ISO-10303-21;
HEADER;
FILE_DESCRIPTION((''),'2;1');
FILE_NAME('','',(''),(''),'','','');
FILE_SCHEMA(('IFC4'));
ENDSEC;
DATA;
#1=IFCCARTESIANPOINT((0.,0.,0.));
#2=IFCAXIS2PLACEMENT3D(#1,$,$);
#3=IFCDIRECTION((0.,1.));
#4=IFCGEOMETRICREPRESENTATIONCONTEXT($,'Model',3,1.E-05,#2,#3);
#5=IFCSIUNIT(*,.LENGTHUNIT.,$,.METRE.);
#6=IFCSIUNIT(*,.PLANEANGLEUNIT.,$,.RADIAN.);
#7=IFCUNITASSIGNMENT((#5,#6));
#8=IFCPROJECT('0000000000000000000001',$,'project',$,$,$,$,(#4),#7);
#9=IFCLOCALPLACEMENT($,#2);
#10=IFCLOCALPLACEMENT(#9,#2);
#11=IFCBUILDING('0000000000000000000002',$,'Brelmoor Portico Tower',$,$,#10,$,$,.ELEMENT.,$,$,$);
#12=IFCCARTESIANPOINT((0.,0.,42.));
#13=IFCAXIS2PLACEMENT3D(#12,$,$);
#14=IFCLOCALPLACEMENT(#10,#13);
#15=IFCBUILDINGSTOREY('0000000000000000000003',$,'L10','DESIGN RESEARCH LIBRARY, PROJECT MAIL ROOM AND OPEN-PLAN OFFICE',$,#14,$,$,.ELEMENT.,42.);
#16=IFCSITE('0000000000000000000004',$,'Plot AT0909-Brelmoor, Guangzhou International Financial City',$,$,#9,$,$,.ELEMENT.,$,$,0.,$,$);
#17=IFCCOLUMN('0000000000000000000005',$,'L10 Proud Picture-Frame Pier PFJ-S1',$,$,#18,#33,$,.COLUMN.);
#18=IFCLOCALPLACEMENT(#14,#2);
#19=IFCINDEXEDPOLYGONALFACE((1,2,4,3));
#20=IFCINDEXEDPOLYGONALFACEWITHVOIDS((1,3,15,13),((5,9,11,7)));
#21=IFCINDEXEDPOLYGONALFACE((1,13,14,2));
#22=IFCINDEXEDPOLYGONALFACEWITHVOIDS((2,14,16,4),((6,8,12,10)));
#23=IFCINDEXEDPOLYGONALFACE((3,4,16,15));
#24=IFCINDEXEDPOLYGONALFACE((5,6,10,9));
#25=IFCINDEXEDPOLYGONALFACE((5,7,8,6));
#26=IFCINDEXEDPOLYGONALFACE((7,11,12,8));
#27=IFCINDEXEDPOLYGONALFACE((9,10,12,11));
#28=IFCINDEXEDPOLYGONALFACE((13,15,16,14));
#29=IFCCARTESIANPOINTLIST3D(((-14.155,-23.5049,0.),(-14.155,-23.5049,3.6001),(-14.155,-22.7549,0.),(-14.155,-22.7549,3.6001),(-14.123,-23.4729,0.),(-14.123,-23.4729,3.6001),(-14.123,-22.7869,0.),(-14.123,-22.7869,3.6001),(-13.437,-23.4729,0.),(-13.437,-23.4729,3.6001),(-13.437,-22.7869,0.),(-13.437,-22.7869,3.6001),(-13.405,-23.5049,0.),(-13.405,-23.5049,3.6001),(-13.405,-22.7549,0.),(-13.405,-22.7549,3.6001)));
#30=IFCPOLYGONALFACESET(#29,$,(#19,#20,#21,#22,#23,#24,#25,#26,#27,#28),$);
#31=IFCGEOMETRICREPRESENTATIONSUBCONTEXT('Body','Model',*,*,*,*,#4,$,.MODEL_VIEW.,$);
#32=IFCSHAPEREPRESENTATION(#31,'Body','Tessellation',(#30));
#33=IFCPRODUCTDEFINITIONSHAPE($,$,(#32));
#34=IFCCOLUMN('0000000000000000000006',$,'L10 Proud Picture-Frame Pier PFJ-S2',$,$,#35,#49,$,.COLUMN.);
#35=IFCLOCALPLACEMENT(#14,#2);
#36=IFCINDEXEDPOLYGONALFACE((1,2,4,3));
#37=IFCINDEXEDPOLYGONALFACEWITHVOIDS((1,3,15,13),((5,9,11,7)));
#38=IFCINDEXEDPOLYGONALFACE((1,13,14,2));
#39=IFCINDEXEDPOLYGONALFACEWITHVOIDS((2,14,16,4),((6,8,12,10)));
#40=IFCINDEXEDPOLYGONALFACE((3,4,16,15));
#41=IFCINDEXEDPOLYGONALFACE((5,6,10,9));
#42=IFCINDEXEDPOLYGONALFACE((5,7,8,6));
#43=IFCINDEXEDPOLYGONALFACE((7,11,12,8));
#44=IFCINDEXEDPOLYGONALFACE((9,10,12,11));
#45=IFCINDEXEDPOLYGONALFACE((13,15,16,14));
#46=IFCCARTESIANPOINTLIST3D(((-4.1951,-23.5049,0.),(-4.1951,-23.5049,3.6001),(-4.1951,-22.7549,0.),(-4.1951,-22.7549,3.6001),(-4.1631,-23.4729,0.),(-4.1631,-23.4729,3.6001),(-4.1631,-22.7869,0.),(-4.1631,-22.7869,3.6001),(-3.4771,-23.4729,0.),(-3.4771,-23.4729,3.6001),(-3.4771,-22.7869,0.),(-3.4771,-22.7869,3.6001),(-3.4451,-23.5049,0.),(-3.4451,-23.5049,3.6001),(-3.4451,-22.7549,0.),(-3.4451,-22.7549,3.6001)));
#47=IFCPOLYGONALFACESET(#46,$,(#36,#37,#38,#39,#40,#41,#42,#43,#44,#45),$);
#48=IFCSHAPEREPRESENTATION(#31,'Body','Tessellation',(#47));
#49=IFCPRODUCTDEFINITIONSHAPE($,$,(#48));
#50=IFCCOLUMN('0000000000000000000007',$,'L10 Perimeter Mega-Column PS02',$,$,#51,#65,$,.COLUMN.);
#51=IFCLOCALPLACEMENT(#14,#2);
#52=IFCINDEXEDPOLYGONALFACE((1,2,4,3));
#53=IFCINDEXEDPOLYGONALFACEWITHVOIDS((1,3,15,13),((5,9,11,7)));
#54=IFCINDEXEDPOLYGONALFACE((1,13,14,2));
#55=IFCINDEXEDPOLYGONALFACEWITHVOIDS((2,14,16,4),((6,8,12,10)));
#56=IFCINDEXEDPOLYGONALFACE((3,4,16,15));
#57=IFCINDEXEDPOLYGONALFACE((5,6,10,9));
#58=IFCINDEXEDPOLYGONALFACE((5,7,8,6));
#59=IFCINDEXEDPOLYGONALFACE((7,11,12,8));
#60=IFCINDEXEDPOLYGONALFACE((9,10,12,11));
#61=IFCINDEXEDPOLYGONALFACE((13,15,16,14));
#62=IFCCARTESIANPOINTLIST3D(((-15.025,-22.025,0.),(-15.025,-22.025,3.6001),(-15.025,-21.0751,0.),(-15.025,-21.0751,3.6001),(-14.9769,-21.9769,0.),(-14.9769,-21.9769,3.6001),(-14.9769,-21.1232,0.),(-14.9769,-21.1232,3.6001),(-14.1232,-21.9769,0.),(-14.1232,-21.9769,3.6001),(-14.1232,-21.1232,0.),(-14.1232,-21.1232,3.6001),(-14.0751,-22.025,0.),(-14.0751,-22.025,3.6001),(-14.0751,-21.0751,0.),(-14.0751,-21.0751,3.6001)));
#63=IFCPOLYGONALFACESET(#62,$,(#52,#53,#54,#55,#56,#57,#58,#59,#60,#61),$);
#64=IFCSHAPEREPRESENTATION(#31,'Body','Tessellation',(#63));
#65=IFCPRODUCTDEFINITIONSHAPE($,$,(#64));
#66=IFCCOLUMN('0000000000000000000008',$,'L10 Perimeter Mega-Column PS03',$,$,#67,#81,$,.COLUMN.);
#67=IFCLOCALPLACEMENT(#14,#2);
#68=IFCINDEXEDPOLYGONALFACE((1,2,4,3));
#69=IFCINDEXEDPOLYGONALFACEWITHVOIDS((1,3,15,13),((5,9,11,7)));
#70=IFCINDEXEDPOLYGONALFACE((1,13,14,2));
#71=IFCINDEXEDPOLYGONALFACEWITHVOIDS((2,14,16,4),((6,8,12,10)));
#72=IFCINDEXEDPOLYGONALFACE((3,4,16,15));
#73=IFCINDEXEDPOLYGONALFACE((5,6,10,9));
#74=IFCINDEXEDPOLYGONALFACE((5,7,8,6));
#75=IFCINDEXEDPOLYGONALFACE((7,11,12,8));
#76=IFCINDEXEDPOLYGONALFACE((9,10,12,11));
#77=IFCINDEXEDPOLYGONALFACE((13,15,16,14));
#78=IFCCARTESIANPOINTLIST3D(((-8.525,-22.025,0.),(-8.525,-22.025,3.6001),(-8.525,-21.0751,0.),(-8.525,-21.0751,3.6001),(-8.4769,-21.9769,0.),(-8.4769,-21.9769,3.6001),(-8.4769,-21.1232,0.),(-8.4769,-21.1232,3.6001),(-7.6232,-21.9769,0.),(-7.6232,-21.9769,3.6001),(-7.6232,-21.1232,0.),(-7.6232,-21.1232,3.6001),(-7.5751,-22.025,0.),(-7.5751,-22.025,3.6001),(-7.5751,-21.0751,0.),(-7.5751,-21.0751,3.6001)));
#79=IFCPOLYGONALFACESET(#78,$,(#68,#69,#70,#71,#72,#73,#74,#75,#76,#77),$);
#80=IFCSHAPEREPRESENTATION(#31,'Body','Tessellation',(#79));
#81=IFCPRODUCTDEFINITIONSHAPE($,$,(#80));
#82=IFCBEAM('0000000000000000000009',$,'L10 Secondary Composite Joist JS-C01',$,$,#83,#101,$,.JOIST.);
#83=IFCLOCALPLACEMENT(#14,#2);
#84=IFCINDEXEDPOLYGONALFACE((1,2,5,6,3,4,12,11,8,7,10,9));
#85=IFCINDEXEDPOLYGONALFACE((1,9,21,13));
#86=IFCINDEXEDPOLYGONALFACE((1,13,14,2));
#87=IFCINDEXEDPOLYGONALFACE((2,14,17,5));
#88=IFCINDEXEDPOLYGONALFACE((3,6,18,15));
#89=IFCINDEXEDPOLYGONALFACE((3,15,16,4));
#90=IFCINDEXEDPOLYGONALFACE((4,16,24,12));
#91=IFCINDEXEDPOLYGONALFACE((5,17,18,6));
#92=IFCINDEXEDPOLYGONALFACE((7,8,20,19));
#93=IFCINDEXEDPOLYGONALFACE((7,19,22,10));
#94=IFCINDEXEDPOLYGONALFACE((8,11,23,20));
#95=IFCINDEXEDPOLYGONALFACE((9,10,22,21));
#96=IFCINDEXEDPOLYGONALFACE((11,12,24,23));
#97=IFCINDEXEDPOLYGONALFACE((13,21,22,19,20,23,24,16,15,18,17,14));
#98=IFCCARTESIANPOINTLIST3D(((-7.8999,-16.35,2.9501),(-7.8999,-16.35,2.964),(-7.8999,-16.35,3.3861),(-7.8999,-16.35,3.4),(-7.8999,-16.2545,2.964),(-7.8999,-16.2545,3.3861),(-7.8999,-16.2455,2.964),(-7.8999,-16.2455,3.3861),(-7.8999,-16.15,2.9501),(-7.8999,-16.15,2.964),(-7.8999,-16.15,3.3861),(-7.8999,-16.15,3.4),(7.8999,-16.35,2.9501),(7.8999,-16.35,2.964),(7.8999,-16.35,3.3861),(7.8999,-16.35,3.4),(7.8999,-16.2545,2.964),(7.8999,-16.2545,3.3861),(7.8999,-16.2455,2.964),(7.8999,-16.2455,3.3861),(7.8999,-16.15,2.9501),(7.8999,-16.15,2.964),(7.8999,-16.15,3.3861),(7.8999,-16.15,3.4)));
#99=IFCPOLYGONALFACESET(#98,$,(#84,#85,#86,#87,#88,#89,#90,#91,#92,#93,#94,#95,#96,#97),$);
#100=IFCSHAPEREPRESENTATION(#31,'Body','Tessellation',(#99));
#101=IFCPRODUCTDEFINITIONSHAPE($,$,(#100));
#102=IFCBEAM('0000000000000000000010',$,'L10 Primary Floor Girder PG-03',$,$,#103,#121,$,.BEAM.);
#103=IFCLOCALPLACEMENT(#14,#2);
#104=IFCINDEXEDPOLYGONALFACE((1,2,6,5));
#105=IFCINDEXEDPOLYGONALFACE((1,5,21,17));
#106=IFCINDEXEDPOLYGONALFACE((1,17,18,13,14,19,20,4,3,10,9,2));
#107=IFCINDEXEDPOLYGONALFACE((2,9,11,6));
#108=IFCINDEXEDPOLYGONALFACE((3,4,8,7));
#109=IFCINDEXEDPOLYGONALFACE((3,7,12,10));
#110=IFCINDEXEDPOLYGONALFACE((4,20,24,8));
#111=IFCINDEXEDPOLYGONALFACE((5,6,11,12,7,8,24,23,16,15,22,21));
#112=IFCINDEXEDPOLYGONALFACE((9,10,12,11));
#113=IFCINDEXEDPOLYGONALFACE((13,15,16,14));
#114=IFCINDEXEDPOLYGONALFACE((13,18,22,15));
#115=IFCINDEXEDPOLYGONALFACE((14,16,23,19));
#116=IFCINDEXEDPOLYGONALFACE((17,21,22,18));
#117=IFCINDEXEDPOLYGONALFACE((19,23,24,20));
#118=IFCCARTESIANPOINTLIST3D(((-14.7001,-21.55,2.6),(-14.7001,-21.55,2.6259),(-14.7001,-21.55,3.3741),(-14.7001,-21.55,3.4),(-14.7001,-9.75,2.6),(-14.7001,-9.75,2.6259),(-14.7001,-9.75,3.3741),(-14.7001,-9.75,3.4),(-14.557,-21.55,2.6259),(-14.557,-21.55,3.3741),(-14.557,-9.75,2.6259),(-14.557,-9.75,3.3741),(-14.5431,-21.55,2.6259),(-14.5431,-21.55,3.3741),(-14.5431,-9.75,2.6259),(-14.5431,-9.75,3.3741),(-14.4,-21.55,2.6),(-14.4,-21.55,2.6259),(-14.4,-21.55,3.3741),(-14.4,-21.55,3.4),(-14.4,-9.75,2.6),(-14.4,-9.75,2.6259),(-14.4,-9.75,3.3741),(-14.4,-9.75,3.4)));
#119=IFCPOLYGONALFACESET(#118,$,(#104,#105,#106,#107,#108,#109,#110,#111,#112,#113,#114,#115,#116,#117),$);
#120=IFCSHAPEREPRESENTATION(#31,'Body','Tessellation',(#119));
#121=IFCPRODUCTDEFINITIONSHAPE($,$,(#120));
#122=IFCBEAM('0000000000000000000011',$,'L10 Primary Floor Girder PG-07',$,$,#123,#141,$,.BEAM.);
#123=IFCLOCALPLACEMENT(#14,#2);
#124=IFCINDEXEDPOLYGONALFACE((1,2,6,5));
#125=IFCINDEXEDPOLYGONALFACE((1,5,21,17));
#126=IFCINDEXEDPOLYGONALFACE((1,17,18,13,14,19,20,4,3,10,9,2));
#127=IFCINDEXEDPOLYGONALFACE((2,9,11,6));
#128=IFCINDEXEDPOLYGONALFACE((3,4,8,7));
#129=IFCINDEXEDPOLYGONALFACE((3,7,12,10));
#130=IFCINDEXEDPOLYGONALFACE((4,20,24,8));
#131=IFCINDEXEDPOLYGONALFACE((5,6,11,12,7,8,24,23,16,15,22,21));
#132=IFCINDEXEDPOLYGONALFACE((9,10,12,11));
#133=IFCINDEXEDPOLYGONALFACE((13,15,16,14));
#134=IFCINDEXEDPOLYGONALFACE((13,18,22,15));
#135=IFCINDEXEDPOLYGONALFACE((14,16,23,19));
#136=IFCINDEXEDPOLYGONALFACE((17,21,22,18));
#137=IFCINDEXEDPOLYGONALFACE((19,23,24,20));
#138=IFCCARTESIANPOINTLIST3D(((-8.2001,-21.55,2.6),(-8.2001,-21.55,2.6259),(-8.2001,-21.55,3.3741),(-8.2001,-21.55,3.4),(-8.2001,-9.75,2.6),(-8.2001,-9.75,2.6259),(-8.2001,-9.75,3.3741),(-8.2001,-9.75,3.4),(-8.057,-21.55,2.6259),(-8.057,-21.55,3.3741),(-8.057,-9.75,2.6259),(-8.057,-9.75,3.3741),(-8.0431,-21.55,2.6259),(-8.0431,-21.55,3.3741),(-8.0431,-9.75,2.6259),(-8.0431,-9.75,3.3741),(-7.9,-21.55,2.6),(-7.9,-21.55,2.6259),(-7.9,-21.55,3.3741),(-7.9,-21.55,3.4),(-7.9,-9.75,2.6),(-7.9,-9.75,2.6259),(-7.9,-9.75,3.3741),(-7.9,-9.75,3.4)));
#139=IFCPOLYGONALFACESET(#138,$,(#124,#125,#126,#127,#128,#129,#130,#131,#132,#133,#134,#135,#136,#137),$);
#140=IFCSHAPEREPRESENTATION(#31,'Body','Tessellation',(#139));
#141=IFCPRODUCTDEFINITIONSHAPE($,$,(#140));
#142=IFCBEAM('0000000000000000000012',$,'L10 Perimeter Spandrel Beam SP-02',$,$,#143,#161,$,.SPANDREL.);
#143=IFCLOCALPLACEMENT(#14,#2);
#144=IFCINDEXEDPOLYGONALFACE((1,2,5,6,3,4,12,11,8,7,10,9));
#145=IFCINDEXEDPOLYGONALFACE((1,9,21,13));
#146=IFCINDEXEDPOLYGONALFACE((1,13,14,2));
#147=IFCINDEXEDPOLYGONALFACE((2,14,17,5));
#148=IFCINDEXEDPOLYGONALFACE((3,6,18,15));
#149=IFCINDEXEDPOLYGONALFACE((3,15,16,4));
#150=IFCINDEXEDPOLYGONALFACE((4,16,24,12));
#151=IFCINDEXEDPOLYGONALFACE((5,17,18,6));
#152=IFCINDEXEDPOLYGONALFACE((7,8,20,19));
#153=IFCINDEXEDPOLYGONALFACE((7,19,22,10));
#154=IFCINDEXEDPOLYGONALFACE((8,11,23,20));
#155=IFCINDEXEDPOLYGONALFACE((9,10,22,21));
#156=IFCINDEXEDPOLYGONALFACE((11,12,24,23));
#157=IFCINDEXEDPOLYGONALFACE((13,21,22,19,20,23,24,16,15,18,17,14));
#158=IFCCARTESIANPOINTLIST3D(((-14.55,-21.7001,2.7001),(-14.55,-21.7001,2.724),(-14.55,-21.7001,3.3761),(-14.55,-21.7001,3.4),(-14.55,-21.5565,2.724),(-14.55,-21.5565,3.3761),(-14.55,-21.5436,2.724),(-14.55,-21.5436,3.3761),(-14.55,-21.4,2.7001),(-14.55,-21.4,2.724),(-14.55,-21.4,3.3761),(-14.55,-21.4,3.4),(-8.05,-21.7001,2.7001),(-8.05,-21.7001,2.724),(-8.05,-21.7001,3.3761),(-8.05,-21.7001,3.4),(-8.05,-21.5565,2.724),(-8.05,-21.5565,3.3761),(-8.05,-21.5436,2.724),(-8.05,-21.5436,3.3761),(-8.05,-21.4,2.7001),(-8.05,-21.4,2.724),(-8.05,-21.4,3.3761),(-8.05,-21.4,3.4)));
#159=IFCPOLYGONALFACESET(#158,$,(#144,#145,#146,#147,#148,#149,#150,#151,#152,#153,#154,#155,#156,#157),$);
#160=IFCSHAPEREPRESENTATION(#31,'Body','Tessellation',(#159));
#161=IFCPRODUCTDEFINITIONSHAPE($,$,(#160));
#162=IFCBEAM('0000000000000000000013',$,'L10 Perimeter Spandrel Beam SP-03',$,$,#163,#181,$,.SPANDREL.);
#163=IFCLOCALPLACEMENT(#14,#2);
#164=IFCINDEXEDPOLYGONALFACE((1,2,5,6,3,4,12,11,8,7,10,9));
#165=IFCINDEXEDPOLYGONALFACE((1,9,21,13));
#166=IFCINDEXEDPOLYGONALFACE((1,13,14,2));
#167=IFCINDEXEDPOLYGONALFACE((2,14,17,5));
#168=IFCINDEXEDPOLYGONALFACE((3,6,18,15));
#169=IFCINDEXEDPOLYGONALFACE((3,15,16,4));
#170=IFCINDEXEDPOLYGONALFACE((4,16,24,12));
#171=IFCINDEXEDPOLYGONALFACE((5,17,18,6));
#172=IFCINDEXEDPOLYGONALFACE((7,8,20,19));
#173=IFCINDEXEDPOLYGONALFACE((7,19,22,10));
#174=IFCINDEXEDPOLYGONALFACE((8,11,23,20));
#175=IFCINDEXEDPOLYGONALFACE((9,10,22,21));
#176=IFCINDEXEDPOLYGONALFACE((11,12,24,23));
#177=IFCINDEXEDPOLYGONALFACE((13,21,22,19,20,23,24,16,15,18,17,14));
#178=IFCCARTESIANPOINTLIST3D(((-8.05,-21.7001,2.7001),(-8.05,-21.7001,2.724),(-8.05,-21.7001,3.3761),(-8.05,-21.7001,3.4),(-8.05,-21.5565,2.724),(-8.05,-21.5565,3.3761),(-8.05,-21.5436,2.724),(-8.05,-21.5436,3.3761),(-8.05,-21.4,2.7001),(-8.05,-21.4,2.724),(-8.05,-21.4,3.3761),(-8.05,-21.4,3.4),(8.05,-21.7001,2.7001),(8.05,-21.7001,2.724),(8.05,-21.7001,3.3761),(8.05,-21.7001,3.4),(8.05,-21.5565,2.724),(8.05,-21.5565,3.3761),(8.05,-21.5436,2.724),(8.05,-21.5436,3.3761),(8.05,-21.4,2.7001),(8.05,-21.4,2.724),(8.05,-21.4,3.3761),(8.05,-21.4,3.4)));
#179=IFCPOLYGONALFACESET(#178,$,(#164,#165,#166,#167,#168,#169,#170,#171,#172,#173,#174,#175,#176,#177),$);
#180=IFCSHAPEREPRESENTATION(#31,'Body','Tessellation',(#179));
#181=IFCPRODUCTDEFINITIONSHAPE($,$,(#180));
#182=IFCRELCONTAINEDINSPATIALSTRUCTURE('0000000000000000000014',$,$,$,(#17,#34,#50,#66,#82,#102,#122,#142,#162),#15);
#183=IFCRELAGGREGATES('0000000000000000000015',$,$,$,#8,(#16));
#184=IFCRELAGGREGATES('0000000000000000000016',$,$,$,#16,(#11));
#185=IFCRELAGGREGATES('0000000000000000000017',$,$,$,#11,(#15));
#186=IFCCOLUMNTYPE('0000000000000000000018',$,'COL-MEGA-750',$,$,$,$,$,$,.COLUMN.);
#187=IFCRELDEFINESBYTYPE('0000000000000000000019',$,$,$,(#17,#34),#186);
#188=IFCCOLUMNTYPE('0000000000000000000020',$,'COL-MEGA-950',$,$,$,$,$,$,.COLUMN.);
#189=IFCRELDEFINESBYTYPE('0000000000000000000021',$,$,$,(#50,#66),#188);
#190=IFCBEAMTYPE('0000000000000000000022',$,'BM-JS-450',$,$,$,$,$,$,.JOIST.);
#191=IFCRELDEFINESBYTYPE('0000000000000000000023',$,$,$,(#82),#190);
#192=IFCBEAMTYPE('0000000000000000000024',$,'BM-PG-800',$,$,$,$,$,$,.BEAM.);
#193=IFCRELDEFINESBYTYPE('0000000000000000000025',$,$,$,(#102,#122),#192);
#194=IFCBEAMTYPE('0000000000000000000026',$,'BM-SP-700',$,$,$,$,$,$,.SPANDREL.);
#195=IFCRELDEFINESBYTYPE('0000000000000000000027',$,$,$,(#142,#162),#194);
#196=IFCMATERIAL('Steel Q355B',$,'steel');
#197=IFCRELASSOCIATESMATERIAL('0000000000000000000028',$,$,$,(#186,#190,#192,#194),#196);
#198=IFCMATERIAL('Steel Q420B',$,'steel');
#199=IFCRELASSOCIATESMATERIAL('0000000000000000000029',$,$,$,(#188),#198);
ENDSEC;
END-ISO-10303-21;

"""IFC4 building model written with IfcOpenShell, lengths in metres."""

from ifc_helpers import new_model, si_unit, direction, frame, origin, origin_2d, place, context, subcontext, project, spatial, hollow_rectangle, i_section, extrude, material, material_profile, profile_set, type_object, element, save


model = new_model("IFC4")

# Units and contexts
model_context = context("Model", 3, precision=1e-05, world=origin(), true_north=direction((0.0, 1.0)))
body_context = subcontext(model_context, "Body", "Model", "MODEL_VIEW")
ifc_project = project(units=[si_unit("LENGTHUNIT", "METRE"), si_unit("PLANEANGLEUNIT", "RADIAN")], contexts=[model_context])

# Site, building, storey
site_placement = place(None, origin())
site = spatial("IfcSite", under=ifc_project, at=site_placement, Name="Plot AT0909-Brelmoor, Guangzhou International Financial City", CompositionType="ELEMENT", RefElevation=0.0)
building_placement = place(site_placement, origin())
building = spatial("IfcBuilding", under=site, at=building_placement, Name="Brelmoor Portico Tower", CompositionType="ELEMENT")
storey_placement = place(building_placement, frame((0.0, 0.0, 42.0)))
storey = spatial("IfcBuildingStorey", under=building, at=storey_placement, Name="L10", Description="DESIGN RESEARCH LIBRARY, PROJECT MAIL ROOM AND OPEN-PLAN OFFICE", CompositionType="ELEMENT", Elevation=42.0)

# Columns
ifc_material_1 = material(Name="Steel Q355B", Category="steel")
ifc_material_profile_1 = material_profile(ifc_material_1, hollow_rectangle(XDim=0.75, YDim=0.75, WallThickness=0.032, at=origin_2d()), Name="BOX 750x750x32")
ifc_profile_set_1 = profile_set([ifc_material_profile_1], Name="Steel Q355B")
column_type_1 = type_object("IfcColumnType", Name="COL-MEGA-750", PredefinedType="COLUMN", material=ifc_profile_set_1)
for number, where, z_axis, x_axis, name in (
    (1, (-13.78, -23.1299, 0.0), (0.0, 0.0, 1.0), (1.0, 0.0, 0.0), "L10 Proud Picture-Frame Pier PFJ-S1"),
    (2, (-3.8201, -23.1299, 0.0), (0.0, 0.0, 1.0), (1.0, 0.0, 0.0), "L10 Proud Picture-Frame Pier PFJ-S2"),
):
    element("IfcColumn", number, at=place(storey_placement, frame(where, z_axis=z_axis, x_axis=x_axis)), inside=storey, type_object=column_type_1, Name=name, PredefinedType="COLUMN", context=body_context, shape_type="SweptSolid", body=[
        extrude(hollow_rectangle(XDim=0.75, YDim=0.75, WallThickness=0.032, at=origin_2d()), origin(), (0.0, 0.0, 1.0), 3.6001),
    ])
ifc_material_2 = material(Name="Steel Q420B", Category="steel")
ifc_material_profile_2 = material_profile(ifc_material_2, hollow_rectangle(XDim=0.95, YDim=0.95, WallThickness=0.0481, at=origin_2d()), Name="BOX 950x950x48")
ifc_profile_set_2 = profile_set([ifc_material_profile_2], Name="Steel Q420B")
column_type_2 = type_object("IfcColumnType", Name="COL-MEGA-950", PredefinedType="COLUMN", material=ifc_profile_set_2)
for number, where, z_axis, x_axis, name in (
    (3, (-14.55, -21.55, 0.0), (0.0, 0.0, 1.0), (1.0, 0.0, 0.0), "L10 Perimeter Mega-Column PS02"),
    (4, (-8.05, -21.55, 0.0), (0.0, 0.0, 1.0), (1.0, 0.0, 0.0), "L10 Perimeter Mega-Column PS03"),
):
    element("IfcColumn", number, at=place(storey_placement, frame(where, z_axis=z_axis, x_axis=x_axis)), inside=storey, type_object=column_type_2, Name=name, PredefinedType="COLUMN", context=body_context, shape_type="SweptSolid", body=[
        extrude(hollow_rectangle(XDim=0.95, YDim=0.95, WallThickness=0.0481, at=origin_2d()), origin(), (0.0, 0.0, 1.0), 3.6001),
    ])

# Beams
ifc_material_profile_3 = material_profile(ifc_material_1, i_section(OverallWidth=0.2, OverallDepth=0.45, WebThickness=0.009, FlangeThickness=0.0139, at=origin_2d()), Name="HN 450x200x9x14")
ifc_profile_set_3 = profile_set([ifc_material_profile_3], Name="Steel Q355B")
beam_type_1 = type_object("IfcBeamType", Name="BM-JS-450", PredefinedType="JOIST", material=ifc_profile_set_3)
beam_1_placement = place(storey_placement, frame((-7.8999, -16.25, 3.175), z_axis=(1.0, 0.0, 0.0), x_axis=(0.0, 1.0, 0.0)))
element("IfcBeam", 5, at=beam_1_placement, inside=storey, type_object=beam_type_1, Name="L10 Secondary Composite Joist JS-C01", PredefinedType="JOIST", context=body_context, shape_type="SweptSolid", body=[
    extrude(i_section(OverallWidth=0.2, OverallDepth=0.45, WebThickness=0.009, FlangeThickness=0.0139, at=origin_2d()), origin(), (0.0, 0.0, 1.0), 15.7998),
])
ifc_material_profile_4 = material_profile(ifc_material_1, i_section(OverallWidth=0.3, OverallDepth=0.8, WebThickness=0.0139, FlangeThickness=0.0259, at=origin_2d()), Name="HN 800x300x14x26")
ifc_profile_set_4 = profile_set([ifc_material_profile_4], Name="Steel Q355B")
beam_type_2 = type_object("IfcBeamType", Name="BM-PG-800", PredefinedType="BEAM", material=ifc_profile_set_4)
for number, where, z_axis, x_axis, name in (
    (6, (-14.55, -21.55, 3.0), (0.0, 1.0, 0.0), (-1.0, 0.0, 0.0), "L10 Primary Floor Girder PG-03"),
    (7, (-8.05, -21.55, 3.0), (0.0, 1.0, 0.0), (-1.0, 0.0, 0.0), "L10 Primary Floor Girder PG-07"),
):
    element("IfcBeam", number, at=place(storey_placement, frame(where, z_axis=z_axis, x_axis=x_axis)), inside=storey, type_object=beam_type_2, Name=name, PredefinedType="BEAM", context=body_context, shape_type="SweptSolid", body=[
        extrude(i_section(OverallWidth=0.3, OverallDepth=0.8, WebThickness=0.0139, FlangeThickness=0.0259, at=origin_2d()), origin(), (0.0, 0.0, 1.0), 11.8),
    ])
ifc_material_profile_5 = material_profile(ifc_material_1, i_section(OverallWidth=0.3, OverallDepth=0.7, WebThickness=0.0129, FlangeThickness=0.0239, at=origin_2d()), Name="HN 700x300x13x24")
ifc_profile_set_5 = profile_set([ifc_material_profile_5], Name="Steel Q355B")
beam_type_3 = type_object("IfcBeamType", Name="BM-SP-700", PredefinedType="SPANDREL", material=ifc_profile_set_5)
beam_2_placement = place(storey_placement, frame((-14.55, -21.55, 3.05), z_axis=(1.0, 0.0, 0.0), x_axis=(0.0, 1.0, 0.0)))
element("IfcBeam", 8, at=beam_2_placement, inside=storey, type_object=beam_type_3, Name="L10 Perimeter Spandrel Beam SP-02", PredefinedType="SPANDREL", context=body_context, shape_type="SweptSolid", body=[
    extrude(i_section(OverallWidth=0.3, OverallDepth=0.7, WebThickness=0.0129, FlangeThickness=0.0239, at=origin_2d()), origin(), (0.0, 0.0, 1.0), 6.5),
])
beam_3_placement = place(storey_placement, frame((-8.05, -21.55, 3.05), z_axis=(1.0, 0.0, 0.0), x_axis=(0.0, 1.0, 0.0)))
element("IfcBeam", 9, at=beam_3_placement, inside=storey, type_object=beam_type_3, Name="L10 Perimeter Spandrel Beam SP-03", PredefinedType="SPANDREL", context=body_context, shape_type="SweptSolid", body=[
    extrude(i_section(OverallWidth=0.3, OverallDepth=0.7, WebThickness=0.0129, FlangeThickness=0.0239, at=origin_2d()), origin(), (0.0, 0.0, 1.0), 16.1001),
])

save(model, "model.ifc")
